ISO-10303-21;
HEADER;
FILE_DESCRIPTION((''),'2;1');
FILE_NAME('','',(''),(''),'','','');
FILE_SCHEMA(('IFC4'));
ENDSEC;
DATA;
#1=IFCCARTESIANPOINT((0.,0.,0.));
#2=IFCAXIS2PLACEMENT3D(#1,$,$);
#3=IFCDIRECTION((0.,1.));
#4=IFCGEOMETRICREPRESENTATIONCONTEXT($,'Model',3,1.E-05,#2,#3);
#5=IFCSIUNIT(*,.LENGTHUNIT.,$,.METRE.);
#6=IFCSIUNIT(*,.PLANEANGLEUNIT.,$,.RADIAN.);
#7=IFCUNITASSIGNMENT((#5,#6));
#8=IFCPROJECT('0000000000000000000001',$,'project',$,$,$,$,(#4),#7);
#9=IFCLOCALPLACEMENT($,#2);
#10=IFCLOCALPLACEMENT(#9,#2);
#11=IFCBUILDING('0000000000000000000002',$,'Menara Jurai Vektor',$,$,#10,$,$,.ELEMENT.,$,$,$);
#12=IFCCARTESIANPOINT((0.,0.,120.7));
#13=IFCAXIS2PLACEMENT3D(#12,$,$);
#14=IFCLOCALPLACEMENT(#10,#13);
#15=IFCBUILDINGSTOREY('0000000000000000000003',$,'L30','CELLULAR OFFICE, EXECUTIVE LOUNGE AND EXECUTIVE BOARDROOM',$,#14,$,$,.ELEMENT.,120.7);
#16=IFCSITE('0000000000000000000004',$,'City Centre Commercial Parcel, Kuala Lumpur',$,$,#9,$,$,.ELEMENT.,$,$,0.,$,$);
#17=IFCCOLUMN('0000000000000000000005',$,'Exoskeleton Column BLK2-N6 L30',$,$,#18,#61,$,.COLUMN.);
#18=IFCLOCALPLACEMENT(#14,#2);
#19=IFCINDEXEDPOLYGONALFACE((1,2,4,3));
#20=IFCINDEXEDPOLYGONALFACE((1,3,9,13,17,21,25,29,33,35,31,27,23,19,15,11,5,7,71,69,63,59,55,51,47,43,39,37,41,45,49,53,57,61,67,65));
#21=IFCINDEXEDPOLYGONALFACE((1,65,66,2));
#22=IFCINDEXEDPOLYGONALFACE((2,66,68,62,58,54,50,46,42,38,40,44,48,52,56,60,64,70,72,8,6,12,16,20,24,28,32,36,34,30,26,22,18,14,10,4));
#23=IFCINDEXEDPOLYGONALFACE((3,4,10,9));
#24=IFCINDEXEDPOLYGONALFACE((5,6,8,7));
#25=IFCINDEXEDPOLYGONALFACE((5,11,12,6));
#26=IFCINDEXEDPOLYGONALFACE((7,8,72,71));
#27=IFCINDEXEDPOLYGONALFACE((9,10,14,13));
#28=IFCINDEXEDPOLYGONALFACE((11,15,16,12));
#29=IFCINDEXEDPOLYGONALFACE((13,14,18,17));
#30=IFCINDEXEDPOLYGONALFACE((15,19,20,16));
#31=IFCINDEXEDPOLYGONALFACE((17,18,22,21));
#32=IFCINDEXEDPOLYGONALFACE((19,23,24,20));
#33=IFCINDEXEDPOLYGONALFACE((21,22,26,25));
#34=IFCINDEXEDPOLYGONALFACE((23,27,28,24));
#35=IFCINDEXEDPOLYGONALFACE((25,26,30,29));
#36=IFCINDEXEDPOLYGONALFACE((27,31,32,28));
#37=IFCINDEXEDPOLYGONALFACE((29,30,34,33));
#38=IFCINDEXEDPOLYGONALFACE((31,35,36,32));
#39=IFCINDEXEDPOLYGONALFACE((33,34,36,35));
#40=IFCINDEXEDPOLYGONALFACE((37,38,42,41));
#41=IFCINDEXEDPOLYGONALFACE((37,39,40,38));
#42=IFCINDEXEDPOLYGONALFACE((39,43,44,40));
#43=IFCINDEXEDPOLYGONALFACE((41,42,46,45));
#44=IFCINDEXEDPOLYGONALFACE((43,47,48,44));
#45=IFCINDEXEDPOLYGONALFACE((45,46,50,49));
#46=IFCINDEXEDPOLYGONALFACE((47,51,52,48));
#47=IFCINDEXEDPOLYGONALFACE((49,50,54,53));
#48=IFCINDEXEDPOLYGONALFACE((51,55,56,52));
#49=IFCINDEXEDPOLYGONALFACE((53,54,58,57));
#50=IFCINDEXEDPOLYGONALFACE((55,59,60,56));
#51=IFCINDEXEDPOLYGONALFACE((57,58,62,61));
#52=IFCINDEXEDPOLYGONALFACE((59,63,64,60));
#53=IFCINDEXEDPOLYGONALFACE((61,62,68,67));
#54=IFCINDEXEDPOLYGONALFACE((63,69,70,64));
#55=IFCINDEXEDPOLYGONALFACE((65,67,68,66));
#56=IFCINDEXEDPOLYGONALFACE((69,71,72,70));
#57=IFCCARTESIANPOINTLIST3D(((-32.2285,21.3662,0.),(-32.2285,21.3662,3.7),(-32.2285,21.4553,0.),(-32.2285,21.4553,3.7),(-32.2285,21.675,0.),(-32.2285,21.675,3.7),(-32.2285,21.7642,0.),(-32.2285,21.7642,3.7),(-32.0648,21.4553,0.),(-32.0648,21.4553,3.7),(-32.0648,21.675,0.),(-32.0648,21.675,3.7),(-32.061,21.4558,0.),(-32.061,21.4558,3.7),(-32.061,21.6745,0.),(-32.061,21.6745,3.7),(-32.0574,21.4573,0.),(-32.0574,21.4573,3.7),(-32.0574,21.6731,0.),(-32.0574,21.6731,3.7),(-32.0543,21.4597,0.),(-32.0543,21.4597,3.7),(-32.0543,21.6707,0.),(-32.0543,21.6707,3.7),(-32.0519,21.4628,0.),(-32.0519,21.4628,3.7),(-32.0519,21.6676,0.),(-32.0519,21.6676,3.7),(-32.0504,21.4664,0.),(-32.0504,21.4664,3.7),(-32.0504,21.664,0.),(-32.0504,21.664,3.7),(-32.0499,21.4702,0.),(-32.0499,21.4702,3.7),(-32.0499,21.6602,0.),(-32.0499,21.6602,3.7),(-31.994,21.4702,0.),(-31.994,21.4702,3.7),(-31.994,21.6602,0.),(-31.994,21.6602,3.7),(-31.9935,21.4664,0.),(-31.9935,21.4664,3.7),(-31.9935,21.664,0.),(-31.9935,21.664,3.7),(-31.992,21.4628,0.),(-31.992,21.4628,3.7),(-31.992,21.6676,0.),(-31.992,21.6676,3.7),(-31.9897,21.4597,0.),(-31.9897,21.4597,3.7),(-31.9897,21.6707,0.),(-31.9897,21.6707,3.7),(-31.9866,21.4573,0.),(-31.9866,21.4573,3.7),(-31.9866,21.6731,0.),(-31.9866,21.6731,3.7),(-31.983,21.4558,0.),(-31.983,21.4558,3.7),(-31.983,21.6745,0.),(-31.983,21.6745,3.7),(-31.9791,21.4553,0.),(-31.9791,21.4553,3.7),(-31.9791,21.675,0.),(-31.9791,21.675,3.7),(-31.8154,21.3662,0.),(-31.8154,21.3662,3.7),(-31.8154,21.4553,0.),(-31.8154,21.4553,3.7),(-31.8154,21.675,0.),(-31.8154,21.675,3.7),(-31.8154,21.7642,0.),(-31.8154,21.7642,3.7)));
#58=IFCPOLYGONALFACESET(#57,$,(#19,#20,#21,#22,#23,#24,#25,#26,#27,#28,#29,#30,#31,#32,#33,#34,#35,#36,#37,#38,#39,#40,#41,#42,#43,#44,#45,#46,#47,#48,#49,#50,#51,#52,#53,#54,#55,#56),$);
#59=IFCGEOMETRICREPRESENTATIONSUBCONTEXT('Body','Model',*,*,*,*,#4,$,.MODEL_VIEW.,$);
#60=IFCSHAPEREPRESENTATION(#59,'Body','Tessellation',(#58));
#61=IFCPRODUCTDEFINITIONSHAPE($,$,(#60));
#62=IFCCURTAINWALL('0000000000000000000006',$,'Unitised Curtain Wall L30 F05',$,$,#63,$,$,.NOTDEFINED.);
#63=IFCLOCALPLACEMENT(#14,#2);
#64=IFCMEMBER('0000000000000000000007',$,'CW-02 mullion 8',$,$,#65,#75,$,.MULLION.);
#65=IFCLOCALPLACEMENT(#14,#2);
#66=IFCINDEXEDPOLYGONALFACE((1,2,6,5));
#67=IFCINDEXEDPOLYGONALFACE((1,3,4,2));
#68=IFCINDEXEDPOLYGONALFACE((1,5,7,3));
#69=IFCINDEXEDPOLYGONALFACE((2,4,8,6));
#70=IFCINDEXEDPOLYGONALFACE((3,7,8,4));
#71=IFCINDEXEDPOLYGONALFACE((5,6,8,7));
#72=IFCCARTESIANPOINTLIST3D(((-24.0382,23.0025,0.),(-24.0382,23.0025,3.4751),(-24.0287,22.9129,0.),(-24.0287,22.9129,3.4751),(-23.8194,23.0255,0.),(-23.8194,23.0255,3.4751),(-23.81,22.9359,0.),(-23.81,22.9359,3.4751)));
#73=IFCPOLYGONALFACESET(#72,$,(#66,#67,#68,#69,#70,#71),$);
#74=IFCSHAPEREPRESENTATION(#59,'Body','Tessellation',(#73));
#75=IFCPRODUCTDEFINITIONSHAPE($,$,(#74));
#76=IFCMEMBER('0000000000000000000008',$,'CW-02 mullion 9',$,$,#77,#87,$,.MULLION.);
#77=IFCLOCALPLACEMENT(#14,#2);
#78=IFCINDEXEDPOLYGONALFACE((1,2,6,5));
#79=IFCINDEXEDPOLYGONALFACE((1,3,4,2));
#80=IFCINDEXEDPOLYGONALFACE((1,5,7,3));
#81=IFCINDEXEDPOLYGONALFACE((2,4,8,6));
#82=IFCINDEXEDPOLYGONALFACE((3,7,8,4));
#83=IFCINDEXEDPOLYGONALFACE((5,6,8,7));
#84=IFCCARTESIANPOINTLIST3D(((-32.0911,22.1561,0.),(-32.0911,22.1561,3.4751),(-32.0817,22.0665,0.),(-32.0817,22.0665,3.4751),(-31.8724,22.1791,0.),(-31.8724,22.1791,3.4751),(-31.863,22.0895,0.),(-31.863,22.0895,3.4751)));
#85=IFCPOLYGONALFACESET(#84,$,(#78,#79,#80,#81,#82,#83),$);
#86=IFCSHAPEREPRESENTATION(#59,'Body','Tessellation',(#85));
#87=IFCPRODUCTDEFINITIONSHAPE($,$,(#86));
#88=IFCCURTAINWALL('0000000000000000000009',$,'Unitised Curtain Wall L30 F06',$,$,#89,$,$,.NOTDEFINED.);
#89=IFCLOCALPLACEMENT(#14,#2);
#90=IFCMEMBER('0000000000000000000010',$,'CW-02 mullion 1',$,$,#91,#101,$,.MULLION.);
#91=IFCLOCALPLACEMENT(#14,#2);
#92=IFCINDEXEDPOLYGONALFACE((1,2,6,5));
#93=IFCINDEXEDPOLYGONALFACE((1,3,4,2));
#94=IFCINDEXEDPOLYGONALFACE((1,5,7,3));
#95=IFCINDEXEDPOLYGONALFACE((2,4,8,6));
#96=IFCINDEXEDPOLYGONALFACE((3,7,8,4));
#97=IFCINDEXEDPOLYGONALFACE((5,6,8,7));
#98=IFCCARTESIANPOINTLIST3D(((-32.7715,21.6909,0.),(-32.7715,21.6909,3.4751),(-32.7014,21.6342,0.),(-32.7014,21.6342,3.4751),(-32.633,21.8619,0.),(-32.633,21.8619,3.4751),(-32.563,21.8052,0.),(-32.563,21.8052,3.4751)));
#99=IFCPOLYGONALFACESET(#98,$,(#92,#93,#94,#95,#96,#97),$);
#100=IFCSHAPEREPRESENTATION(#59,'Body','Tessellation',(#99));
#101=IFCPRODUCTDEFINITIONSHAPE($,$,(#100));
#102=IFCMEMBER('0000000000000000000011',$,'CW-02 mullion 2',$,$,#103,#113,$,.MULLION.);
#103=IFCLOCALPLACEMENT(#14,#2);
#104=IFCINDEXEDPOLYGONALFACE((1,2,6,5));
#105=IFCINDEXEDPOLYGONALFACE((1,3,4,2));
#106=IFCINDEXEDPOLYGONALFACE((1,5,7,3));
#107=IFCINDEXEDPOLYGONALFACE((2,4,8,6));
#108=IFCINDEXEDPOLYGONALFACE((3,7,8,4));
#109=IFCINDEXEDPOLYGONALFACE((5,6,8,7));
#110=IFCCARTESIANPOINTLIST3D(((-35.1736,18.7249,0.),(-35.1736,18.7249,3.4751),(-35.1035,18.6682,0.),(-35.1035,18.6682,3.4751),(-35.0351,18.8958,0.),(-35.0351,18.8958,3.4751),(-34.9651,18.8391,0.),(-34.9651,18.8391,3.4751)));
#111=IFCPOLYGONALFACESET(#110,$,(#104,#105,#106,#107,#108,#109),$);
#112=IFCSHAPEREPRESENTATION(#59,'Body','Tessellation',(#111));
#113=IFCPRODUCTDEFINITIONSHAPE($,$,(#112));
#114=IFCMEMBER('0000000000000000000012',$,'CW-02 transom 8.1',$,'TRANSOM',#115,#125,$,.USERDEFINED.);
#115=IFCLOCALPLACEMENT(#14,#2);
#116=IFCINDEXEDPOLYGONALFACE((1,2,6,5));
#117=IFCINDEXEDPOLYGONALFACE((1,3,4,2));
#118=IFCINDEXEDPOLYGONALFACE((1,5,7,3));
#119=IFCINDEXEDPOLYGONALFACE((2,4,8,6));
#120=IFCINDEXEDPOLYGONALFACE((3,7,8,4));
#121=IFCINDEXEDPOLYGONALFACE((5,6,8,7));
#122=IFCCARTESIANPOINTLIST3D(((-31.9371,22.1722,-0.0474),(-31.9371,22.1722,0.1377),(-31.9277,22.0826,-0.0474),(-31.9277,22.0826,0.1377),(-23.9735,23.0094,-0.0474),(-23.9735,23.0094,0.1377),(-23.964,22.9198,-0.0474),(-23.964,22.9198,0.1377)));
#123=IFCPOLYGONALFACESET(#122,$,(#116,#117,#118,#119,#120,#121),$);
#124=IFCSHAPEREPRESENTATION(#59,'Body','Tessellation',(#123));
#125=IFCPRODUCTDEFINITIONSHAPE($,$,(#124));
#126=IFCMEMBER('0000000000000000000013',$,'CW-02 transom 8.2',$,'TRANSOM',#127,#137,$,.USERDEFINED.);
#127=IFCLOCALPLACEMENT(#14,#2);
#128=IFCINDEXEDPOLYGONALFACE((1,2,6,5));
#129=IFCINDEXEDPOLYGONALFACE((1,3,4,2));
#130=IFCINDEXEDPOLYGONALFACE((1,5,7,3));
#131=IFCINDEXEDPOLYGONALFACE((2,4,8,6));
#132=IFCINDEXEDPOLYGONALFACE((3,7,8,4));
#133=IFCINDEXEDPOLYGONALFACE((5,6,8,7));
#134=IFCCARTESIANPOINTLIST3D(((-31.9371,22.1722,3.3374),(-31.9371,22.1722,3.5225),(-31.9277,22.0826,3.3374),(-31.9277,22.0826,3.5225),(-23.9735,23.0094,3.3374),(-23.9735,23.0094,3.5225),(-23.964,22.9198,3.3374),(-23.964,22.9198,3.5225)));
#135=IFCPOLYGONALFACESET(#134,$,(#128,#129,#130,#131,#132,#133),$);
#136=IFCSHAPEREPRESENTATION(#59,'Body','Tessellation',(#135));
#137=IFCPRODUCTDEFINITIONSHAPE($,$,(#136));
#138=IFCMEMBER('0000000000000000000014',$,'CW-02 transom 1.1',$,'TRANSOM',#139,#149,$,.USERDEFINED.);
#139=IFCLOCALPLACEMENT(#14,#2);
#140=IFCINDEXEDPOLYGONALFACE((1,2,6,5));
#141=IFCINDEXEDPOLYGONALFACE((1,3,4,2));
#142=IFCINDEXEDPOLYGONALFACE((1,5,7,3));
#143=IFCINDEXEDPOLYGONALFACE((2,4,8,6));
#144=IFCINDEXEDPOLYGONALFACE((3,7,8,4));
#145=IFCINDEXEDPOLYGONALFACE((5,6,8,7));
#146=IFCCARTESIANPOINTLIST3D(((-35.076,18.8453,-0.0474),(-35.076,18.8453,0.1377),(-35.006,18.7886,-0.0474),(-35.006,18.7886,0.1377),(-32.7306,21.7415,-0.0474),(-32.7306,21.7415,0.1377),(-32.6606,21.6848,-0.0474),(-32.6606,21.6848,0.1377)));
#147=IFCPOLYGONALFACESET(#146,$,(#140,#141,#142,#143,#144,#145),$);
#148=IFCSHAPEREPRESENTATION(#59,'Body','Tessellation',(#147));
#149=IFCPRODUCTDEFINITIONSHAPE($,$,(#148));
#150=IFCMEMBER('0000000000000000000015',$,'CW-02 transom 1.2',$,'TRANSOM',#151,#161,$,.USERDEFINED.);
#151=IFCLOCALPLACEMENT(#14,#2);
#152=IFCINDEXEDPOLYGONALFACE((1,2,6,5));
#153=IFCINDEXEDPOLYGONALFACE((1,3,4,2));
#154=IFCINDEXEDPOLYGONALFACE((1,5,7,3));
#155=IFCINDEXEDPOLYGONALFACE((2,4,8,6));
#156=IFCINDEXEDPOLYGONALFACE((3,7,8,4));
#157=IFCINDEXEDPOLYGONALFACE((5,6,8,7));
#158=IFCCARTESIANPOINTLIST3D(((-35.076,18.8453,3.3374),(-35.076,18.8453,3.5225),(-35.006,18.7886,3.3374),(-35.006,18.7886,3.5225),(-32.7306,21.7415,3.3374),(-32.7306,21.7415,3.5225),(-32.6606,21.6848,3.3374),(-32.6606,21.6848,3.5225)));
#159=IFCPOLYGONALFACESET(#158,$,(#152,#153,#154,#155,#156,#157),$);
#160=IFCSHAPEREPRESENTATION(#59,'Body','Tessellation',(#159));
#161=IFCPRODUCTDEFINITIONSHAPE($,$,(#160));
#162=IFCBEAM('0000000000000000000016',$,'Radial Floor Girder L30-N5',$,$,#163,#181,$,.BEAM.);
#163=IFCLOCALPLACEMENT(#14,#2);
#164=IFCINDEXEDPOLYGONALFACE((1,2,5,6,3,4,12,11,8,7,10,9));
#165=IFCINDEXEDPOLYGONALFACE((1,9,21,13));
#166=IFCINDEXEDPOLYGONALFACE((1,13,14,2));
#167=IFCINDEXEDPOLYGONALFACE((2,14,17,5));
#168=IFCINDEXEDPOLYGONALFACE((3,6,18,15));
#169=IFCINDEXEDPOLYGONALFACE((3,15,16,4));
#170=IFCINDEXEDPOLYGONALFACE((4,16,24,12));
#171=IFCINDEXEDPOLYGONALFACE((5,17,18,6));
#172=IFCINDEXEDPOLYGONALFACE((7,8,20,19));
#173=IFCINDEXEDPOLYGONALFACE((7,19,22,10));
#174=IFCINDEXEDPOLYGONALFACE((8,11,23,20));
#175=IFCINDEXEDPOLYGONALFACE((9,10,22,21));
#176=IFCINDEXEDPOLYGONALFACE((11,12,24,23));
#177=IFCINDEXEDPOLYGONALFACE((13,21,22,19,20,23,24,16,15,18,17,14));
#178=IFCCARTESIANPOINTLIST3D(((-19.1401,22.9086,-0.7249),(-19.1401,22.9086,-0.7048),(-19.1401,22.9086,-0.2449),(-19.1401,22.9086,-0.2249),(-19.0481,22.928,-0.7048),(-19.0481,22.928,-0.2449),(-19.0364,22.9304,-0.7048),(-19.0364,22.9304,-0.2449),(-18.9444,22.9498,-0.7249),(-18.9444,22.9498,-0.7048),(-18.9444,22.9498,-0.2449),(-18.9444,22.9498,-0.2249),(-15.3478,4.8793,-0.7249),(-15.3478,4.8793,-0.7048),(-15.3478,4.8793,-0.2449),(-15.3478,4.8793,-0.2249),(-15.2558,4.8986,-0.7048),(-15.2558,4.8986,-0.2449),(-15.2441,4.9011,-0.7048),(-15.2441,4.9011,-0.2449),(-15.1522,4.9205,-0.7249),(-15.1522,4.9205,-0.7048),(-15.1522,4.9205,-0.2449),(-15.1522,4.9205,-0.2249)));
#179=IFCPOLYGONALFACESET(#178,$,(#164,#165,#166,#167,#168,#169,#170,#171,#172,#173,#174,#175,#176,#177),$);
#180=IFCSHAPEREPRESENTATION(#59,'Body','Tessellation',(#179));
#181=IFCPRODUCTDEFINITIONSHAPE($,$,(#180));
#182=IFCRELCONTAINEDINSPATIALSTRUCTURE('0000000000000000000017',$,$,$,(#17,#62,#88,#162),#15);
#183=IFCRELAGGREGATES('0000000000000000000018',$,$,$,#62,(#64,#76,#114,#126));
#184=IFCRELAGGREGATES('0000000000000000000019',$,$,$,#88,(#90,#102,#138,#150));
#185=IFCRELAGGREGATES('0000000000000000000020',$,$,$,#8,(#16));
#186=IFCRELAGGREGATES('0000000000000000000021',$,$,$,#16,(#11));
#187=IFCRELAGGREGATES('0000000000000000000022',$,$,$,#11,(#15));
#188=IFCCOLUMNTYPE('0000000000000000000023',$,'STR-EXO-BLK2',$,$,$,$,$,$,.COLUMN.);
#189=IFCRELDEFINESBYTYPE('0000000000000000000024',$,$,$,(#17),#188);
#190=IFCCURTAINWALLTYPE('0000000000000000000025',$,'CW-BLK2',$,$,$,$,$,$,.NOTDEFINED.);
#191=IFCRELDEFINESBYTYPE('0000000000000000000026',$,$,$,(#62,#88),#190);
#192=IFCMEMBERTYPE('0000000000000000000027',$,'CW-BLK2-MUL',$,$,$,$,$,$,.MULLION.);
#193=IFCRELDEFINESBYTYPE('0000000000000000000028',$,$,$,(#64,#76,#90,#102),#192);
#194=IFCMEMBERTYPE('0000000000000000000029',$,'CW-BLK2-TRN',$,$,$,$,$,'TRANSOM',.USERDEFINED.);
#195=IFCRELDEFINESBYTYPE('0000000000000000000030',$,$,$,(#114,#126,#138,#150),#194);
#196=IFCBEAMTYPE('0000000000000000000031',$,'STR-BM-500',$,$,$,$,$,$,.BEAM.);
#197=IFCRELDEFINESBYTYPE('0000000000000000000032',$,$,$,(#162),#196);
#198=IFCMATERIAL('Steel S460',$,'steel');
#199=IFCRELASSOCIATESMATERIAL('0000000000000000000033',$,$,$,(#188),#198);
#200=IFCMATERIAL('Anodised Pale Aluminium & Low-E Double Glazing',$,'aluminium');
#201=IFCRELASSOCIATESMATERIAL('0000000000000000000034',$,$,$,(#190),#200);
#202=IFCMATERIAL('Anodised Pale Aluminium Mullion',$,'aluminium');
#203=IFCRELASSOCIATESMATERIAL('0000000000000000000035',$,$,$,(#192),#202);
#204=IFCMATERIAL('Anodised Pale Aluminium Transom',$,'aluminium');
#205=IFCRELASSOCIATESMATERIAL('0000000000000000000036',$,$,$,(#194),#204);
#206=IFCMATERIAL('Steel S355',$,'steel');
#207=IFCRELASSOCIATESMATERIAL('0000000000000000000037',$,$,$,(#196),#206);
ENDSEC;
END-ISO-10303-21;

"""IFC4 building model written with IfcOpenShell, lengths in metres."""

from ifc_helpers import new_model, si_unit, direction, frame, origin, origin_2d, place, context, subcontext, project, spatial, rectangle, i_section, extrude, material, material_profile, profile_set, type_object, element, aggregate, save


model = new_model("IFC4")

# Units and contexts
model_context = context("Model", 3, precision=1e-05, world=origin(), true_north=direction((0.0, 1.0)))
body_context = subcontext(model_context, "Body", "Model", "MODEL_VIEW")
ifc_project = project(units=[si_unit("LENGTHUNIT", "METRE"), si_unit("PLANEANGLEUNIT", "RADIAN")], contexts=[model_context])

# Site, building, storey
site_placement = place(None, origin())
site = spatial("IfcSite", under=ifc_project, at=site_placement, Name="City Centre Commercial Parcel, Kuala Lumpur", CompositionType="ELEMENT", RefElevation=0.0)
building_placement = place(site_placement, origin())
building = spatial("IfcBuilding", under=site, at=building_placement, Name="Menara Jurai Vektor", CompositionType="ELEMENT")
storey_placement = place(building_placement, frame((0.0, 0.0, 120.7)))
storey = spatial("IfcBuildingStorey", under=building, at=storey_placement, Name="L30", Description="CELLULAR OFFICE, EXECUTIVE LOUNGE AND EXECUTIVE BOARDROOM", CompositionType="ELEMENT", Elevation=120.7)

# Column
ifc_material_1 = material(Name="Steel S460", Category="steel")
ifc_material_profile_1 = material_profile(ifc_material_1, i_section(OverallWidth=0.4131, OverallDepth=0.3979, WebThickness=0.0559, FlangeThickness=0.0891, FilletRadius=0.0149, at=origin_2d()), Name="HD 400x744")
ifc_profile_set_1 = profile_set([ifc_material_profile_1], Name="Steel S460")
column_type = type_object("IfcColumnType", Name="STR-EXO-BLK2", PredefinedType="COLUMN", material=ifc_profile_set_1)
column_placement = place(storey_placement, frame((-32.022, 21.5652, 0.0), z_axis=(0.0, 0.0, 1.0), x_axis=(1.0, 0.0, 0.0)))
element("IfcColumn", 1, at=column_placement, inside=storey, type_object=column_type, Name="Exoskeleton Column BLK2-N6 L30", PredefinedType="COLUMN", context=body_context, shape_type="SweptSolid", body=[
    extrude(i_section(OverallWidth=0.4131, OverallDepth=0.3979, WebThickness=0.0559, FlangeThickness=0.0891, FilletRadius=0.0149, at=origin_2d()), origin(), (0.0, 0.0, 1.0), 3.7),
])

# Curtain walls, members
ifc_material_2 = material(Name="Anodised Pale Aluminium & Low-E Double Glazing", Category="aluminium")
curtain_wall_type = type_object("IfcCurtainWallType", Name="CW-BLK2", PredefinedType="NOTDEFINED", material=ifc_material_2)
curtain_wall_1_placement = place(storey_placement, origin())
curtain_wall_1 = element("IfcCurtainWall", 2, at=curtain_wall_1_placement, inside=storey, type_object=curtain_wall_type, Name="Unitised Curtain Wall L30 F05", PredefinedType="NOTDEFINED")
ifc_material_3 = material(Name="Anodised Pale Aluminium Mullion", Category="aluminium")
ifc_material_profile_2 = material_profile(ifc_material_3, rectangle(XDim=0.0901, YDim=0.22, at=origin_2d()), Name="ALU MUL 90x220")
ifc_profile_set_2 = profile_set([ifc_material_profile_2], Name="Anodised Pale Aluminium Mullion")
member_type_1 = type_object("IfcMemberType", Name="CW-BLK2-MUL", PredefinedType="MULLION", material=ifc_profile_set_2)
member_1_placement = place(storey_placement, frame((-23.9241, 22.9692, 0.0), z_axis=(0.0, 0.0, 1.0), x_axis=(0.104529, -0.994522, 0.0)))
member_1 = element("IfcMember", 3, at=member_1_placement, type_object=member_type_1, Name="CW-02 mullion 8", PredefinedType="MULLION", context=body_context, shape_type="SweptSolid", body=[
    extrude(rectangle(XDim=0.0901, YDim=0.22, at=origin_2d()), origin(), (0.0, 0.0, 1.0), 3.4751),
])
member_2_placement = place(storey_placement, frame((-31.9771, 22.1228, 0.0), z_axis=(0.0, 0.0, 1.0), x_axis=(0.104529, -0.994522, 0.0)))
member_2 = element("IfcMember", 4, at=member_2_placement, type_object=member_type_1, Name="CW-02 mullion 9", PredefinedType="MULLION", context=body_context, shape_type="SweptSolid", body=[
    extrude(rectangle(XDim=0.0901, YDim=0.22, at=origin_2d()), origin(), (0.0, 0.0, 1.0), 3.4751),
])
curtain_wall_2_placement = place(storey_placement, origin())
curtain_wall_2 = element("IfcCurtainWall", 5, at=curtain_wall_2_placement, inside=storey, type_object=curtain_wall_type, Name="Unitised Curtain Wall L30 F06", PredefinedType="NOTDEFINED")
member_3_placement = place(storey_placement, frame((-32.6672, 21.748, 0.0), z_axis=(0.0, 0.0, 1.0), x_axis=(0.777129, -0.629341, 0.0)))
member_3 = element("IfcMember", 6, at=member_3_placement, type_object=member_type_1, Name="CW-02 mullion 1", PredefinedType="MULLION", context=body_context, shape_type="SweptSolid", body=[
    extrude(rectangle(XDim=0.0901, YDim=0.22, at=origin_2d()), origin(), (0.0, 0.0, 1.0), 3.4751),
])
member_4_placement = place(storey_placement, frame((-35.0693, 18.782, 0.0), z_axis=(0.0, 0.0, 1.0), x_axis=(0.777129, -0.629341, 0.0)))
member_4 = element("IfcMember", 7, at=member_4_placement, type_object=member_type_1, Name="CW-02 mullion 2", PredefinedType="MULLION", context=body_context, shape_type="SweptSolid", body=[
    extrude(rectangle(XDim=0.0901, YDim=0.22, at=origin_2d()), origin(), (0.0, 0.0, 1.0), 3.4751),
])

# Members
ifc_material_4 = material(Name="Anodised Pale Aluminium Transom", Category="aluminium")
ifc_material_profile_3 = material_profile(ifc_material_4, rectangle(XDim=0.0901, YDim=0.1851, at=origin_2d()), Name="ALU TRN 90x185")
ifc_profile_set_3 = profile_set([ifc_material_profile_3], Name="Anodised Pale Aluminium Transom")
member_type_2 = type_object("IfcMemberType", Name="CW-BLK2-TRN", ElementType="TRANSOM", PredefinedType="USERDEFINED", material=ifc_profile_set_3)
member_5_placement = place(storey_placement, frame((-23.9688, 22.9646, 0.0452), z_axis=(-0.99452, -0.104547, 0.0), x_axis=(0.104547, -0.99452, 0.0)))
member_5 = element("IfcMember", 8, at=member_5_placement, type_object=member_type_2, Name="CW-02 transom 8.1", ObjectType="TRANSOM", PredefinedType="USERDEFINED", context=body_context, shape_type="SweptSolid", body=[
    extrude(rectangle(XDim=0.0901, YDim=0.1851, at=origin_2d()), origin(), (0.0, 0.0, 1.0), 8.0076),
])
member_6_placement = place(storey_placement, frame((-23.9688, 22.9646, 3.4299), z_axis=(-0.99452, -0.104547, 0.0), x_axis=(0.104547, -0.99452, 0.0)))
member_6 = element("IfcMember", 9, at=member_6_placement, type_object=member_type_2, Name="CW-02 transom 8.2", ObjectType="TRANSOM", PredefinedType="USERDEFINED", context=body_context, shape_type="SweptSolid", body=[
    extrude(rectangle(XDim=0.0901, YDim=0.1851, at=origin_2d()), origin(), (0.0, 0.0, 1.0), 8.0076),
])
member_7_placement = place(storey_placement, frame((-32.6956, 21.7131, 0.0452), z_axis=(-0.629341, -0.777129, 0.0), x_axis=(0.777129, -0.629341, 0.0)))
member_7 = element("IfcMember", 10, at=member_7_placement, type_object=member_type_2, Name="CW-02 transom 1.1", ObjectType="TRANSOM", PredefinedType="USERDEFINED", context=body_context, shape_type="SweptSolid", body=[
    extrude(rectangle(XDim=0.0901, YDim=0.1851, at=origin_2d()), origin(), (0.0, 0.0, 1.0), 3.7268),
])
member_8_placement = place(storey_placement, frame((-32.6956, 21.7131, 3.4299), z_axis=(-0.629341, -0.777129, 0.0), x_axis=(0.777129, -0.629341, 0.0)))
member_8 = element("IfcMember", 11, at=member_8_placement, type_object=member_type_2, Name="CW-02 transom 1.2", ObjectType="TRANSOM", PredefinedType="USERDEFINED", context=body_context, shape_type="SweptSolid", body=[
    extrude(rectangle(XDim=0.0901, YDim=0.1851, at=origin_2d()), origin(), (0.0, 0.0, 1.0), 3.7268),
])

# Beam
ifc_material_5 = material(Name="Steel S355", Category="steel")
ifc_material_profile_4 = material_profile(ifc_material_5, i_section(OverallWidth=0.2, OverallDepth=0.5, WebThickness=0.012, FlangeThickness=0.02, at=origin_2d()), Name="PG 500x200x96")
ifc_profile_set_4 = profile_set([ifc_material_profile_4], Name="Steel S355")
beam_type_1 = type_object("IfcBeamType", Name="STR-BM-500", PredefinedType="BEAM", material=ifc_profile_set_4)
beam_1_placement = place(storey_placement, frame((-19.0422, 22.9292, -0.4749), z_axis=(0.205833, -0.978587, 0.0), x_axis=(0.978587, 0.205833, 0.0)))
element("IfcBeam", 12, at=beam_1_placement, inside=storey, type_object=beam_type_1, Name="Radial Floor Girder L30-N5", PredefinedType="BEAM", context=body_context, shape_type="SweptSolid", body=[
    extrude(i_section(OverallWidth=0.2, OverallDepth=0.5, WebThickness=0.012, FlangeThickness=0.02, at=origin_2d()), origin(), (0.0, 0.0, 1.0), 18.4238),
])

aggregate(curtain_wall_1, [member_1, member_2, member_5, member_6])
aggregate(curtain_wall_2, [member_3, member_4, member_7, member_8])

save(model, "model.ifc")
